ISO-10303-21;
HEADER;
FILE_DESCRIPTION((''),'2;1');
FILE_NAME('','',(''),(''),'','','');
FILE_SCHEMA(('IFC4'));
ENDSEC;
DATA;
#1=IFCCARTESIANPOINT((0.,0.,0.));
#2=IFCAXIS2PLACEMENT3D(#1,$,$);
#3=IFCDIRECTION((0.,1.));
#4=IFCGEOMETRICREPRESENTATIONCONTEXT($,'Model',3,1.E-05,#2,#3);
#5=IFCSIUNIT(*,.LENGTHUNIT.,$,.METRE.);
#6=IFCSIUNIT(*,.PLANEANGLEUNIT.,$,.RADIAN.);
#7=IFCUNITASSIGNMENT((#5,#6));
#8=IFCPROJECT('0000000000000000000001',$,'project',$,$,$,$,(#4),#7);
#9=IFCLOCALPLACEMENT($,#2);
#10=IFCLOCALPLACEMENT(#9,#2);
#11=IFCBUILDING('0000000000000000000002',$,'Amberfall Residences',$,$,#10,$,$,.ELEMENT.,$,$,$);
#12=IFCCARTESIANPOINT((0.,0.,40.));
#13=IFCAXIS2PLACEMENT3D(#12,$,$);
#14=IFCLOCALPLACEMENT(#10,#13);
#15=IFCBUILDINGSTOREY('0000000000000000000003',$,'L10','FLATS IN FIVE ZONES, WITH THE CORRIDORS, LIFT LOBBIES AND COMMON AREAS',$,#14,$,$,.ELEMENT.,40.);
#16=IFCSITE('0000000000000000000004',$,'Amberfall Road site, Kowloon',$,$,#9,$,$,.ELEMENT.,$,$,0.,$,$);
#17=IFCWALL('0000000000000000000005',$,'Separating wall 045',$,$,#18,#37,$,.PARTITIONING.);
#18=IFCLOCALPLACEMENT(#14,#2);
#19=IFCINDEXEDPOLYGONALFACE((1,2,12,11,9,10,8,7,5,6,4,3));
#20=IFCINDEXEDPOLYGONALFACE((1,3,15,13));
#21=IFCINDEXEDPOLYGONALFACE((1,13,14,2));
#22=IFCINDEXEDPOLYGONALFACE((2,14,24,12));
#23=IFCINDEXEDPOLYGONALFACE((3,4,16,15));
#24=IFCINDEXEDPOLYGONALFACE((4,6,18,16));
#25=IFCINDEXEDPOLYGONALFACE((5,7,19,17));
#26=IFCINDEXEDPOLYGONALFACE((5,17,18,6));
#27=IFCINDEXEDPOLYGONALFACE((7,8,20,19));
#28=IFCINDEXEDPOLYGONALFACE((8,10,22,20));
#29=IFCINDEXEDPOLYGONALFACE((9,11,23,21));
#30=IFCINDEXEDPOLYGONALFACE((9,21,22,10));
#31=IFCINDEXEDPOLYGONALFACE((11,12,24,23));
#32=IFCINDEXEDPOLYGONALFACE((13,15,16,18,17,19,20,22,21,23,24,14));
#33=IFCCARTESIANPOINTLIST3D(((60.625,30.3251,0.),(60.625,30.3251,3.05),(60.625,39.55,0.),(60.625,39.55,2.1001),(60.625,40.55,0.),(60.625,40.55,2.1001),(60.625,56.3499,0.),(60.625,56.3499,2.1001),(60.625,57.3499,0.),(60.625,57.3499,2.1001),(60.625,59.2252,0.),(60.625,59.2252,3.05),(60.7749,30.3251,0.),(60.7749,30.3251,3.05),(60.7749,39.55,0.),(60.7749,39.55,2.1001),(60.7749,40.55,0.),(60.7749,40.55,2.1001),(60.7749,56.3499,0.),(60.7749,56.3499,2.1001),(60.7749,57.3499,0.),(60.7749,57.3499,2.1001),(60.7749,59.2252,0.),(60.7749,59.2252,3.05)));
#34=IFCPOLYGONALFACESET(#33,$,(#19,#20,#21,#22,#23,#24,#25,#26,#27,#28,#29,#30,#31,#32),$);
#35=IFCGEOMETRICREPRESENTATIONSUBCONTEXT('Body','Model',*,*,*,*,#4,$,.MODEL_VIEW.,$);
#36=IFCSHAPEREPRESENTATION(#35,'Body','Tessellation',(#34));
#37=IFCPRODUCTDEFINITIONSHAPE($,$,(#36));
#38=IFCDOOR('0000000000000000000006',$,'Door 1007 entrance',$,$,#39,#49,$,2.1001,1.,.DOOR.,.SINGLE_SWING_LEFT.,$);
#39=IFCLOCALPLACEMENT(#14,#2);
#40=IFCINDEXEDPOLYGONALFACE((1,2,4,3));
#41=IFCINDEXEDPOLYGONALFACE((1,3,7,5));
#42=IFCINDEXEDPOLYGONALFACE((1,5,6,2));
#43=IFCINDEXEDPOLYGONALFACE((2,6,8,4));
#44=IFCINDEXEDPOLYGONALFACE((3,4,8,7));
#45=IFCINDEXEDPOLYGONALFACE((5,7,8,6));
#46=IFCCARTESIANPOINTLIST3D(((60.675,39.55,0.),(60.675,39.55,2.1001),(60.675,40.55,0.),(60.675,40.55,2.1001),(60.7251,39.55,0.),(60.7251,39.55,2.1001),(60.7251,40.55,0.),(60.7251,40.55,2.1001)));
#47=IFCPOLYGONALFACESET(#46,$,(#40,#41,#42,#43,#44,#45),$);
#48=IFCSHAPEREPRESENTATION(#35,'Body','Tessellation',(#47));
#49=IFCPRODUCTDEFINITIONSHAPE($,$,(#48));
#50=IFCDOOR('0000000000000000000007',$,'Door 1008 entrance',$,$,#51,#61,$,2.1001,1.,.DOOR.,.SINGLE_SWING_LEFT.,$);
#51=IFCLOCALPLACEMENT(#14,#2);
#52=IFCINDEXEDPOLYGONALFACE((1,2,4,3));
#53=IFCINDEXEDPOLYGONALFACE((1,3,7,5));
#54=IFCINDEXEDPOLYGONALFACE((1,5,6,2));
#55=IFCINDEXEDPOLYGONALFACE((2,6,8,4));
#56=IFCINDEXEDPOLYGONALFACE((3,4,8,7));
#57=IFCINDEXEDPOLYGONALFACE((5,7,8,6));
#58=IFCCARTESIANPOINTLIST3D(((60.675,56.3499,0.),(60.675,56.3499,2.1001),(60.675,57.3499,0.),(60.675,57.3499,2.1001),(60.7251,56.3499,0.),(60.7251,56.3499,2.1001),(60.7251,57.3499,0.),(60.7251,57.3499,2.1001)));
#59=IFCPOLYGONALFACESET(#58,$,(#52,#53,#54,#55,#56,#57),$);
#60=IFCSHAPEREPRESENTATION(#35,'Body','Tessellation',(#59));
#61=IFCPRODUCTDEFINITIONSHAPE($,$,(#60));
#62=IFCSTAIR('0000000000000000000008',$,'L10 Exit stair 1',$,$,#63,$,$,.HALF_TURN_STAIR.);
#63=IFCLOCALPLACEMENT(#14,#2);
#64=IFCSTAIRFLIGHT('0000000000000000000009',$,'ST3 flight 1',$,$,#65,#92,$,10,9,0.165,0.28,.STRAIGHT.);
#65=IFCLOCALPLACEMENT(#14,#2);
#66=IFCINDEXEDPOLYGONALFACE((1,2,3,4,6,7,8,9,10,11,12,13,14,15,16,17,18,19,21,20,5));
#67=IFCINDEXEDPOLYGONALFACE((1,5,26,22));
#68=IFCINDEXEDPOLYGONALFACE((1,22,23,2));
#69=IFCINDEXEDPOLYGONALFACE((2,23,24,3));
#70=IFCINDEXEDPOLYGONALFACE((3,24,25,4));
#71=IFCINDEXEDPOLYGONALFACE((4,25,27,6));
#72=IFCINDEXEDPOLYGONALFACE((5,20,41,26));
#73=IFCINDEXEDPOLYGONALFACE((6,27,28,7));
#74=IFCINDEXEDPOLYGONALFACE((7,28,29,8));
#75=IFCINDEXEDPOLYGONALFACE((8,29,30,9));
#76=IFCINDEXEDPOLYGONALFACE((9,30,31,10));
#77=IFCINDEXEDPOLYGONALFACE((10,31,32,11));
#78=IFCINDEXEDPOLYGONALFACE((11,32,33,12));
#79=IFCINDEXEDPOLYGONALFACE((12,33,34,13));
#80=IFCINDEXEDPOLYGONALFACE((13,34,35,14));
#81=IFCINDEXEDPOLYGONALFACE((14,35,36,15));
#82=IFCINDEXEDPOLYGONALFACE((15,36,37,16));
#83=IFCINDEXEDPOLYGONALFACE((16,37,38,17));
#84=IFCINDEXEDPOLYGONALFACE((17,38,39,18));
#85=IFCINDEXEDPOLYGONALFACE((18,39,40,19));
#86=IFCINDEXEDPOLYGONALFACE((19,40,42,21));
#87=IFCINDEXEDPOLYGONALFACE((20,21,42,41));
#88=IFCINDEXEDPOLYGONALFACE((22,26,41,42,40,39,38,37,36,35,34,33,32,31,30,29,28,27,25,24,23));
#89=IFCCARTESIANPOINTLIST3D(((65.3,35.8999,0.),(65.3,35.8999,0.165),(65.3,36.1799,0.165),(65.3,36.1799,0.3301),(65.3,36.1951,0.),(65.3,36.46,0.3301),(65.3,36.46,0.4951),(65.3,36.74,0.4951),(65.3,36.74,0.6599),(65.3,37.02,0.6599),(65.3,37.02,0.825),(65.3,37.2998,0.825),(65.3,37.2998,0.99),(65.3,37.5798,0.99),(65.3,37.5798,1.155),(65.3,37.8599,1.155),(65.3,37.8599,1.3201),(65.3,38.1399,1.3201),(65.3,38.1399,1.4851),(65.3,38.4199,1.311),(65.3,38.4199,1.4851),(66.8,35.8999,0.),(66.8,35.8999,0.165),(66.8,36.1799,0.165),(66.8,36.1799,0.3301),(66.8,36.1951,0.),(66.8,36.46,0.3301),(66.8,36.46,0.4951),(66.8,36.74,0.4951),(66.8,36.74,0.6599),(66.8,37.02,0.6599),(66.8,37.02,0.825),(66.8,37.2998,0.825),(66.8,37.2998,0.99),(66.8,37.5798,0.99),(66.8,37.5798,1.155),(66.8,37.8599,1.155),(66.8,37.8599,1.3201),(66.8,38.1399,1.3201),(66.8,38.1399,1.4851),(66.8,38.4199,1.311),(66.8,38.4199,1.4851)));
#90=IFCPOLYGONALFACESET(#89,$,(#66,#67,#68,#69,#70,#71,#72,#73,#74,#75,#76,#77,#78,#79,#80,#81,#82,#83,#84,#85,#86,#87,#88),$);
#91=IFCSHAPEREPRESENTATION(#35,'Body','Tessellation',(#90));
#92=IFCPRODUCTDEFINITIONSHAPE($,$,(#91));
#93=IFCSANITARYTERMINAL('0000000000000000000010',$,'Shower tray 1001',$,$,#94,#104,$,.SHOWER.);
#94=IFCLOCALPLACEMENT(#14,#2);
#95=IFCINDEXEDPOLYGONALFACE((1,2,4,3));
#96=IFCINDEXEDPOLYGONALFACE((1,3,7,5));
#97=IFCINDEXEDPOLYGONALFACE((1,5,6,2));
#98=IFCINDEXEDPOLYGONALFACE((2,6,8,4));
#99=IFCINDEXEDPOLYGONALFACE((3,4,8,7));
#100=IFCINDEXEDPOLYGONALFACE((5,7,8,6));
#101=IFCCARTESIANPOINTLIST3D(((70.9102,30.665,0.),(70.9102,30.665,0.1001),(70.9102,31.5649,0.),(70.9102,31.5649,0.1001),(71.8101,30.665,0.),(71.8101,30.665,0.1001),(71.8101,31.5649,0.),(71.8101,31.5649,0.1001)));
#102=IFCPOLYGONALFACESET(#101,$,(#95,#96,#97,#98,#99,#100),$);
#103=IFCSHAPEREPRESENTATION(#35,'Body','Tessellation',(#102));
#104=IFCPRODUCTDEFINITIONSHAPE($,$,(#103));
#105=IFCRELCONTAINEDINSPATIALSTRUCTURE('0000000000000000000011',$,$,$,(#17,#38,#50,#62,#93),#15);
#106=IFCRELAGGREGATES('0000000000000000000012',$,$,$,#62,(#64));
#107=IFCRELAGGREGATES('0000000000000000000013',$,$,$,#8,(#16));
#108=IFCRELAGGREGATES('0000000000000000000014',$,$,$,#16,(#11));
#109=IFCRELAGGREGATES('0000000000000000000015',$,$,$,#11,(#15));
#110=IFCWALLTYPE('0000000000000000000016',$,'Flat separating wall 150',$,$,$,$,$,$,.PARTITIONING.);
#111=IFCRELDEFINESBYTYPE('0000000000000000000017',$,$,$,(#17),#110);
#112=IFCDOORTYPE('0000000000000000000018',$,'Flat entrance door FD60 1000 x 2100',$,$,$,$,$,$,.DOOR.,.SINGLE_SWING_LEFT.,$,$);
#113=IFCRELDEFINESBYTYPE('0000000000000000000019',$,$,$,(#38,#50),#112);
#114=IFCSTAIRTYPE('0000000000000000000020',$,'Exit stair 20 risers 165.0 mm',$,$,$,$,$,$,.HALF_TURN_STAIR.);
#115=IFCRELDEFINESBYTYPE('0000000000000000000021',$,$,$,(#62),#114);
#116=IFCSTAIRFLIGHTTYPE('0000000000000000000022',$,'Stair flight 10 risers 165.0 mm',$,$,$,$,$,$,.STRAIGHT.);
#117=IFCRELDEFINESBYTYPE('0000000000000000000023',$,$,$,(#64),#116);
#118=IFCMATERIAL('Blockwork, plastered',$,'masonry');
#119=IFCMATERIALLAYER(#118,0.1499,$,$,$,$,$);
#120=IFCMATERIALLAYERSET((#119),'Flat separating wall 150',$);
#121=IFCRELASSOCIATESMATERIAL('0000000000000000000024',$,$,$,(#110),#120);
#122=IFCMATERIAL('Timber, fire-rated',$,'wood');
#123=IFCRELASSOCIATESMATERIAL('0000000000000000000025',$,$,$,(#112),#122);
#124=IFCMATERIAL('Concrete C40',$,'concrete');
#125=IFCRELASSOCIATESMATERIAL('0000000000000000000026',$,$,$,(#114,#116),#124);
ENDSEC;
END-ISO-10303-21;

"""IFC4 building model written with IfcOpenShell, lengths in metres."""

from ifc_helpers import new_model, si_unit, direction, frame, frame_2d, origin, origin_2d, place, context, subcontext, project, spatial, polyline, rectangle, outline, extrude, material, layer, layer_set, type_object, element, fill, aggregate, save


model = new_model("IFC4")

# Units and contexts
model_context = context("Model", 3, precision=1e-05, world=origin(), true_north=direction((0.0, 1.0)))
body_context = subcontext(model_context, "Body", "Model", "MODEL_VIEW")
ifc_project = project(units=[si_unit("LENGTHUNIT", "METRE"), si_unit("PLANEANGLEUNIT", "RADIAN")], contexts=[model_context])

# Site, building, storey
site_placement = place(None, origin())
site = spatial("IfcSite", under=ifc_project, at=site_placement, Name="Amberfall Road site, Kowloon", CompositionType="ELEMENT", RefElevation=0.0)
building_placement = place(site_placement, origin())
building = spatial("IfcBuilding", under=site, at=building_placement, Name="Amberfall Residences", CompositionType="ELEMENT")
storey_placement = place(building_placement, frame((0.0, 0.0, 40.0)))
storey = spatial("IfcBuildingStorey", under=building, at=storey_placement, Name="L10", Description="FLATS IN FIVE ZONES, WITH THE CORRIDORS, LIFT LOBBIES AND COMMON AREAS", CompositionType="ELEMENT", Elevation=40.0)

# Wall, openings, doors
ifc_material_1 = material(Name="Blockwork, plastered", Category="masonry")
ifc_layer_1 = layer(ifc_material_1, 0.1499)
ifc_layer_set_1 = layer_set([ifc_layer_1], Name="Flat separating wall 150")
wall_type_1 = type_object("IfcWallType", Name="Flat separating wall 150", PredefinedType="PARTITIONING", material=ifc_layer_set_1)
wall_1_placement = place(storey_placement, frame((60.7, 30.325, 0.0), z_axis=(0.0, 0.0, 1.0), x_axis=(0.0, 1.0, 0.0)))
wall_1 = element("IfcWall", 1, at=wall_1_placement, inside=storey, type_object=wall_type_1, Name="Separating wall 045", PredefinedType="PARTITIONING", context=body_context, shape_type="SweptSolid", body=[
    extrude(rectangle(XDim=28.9001, YDim=0.1499, at=frame_2d((14.4502, 0.0))), origin(), (0.0, 0.0, 1.0), 3.05),
])
opening_1_placement = place(wall_1_placement, frame((9.2251, 0.0, 0.0)))
opening_1 = element("IfcOpeningElement", 2, at=opening_1_placement, cuts=wall_1, PredefinedType="OPENING", context=body_context, shape_type="SweptSolid", body=[
    extrude(rectangle(XDim=1.0, YDim=2.1001, at=frame_2d((0.5, 1.05))), frame((0.0, 0.085, 0.0), z_axis=(0.0, -1.0, 0.0), x_axis=(1.0, 0.0, 0.0)), (0.0, 0.0, 1.0), 0.1699),
])
opening_2_placement = place(wall_1_placement, frame((26.0249, 0.0, 0.0)))
opening_2 = element("IfcOpeningElement", 3, at=opening_2_placement, cuts=wall_1, PredefinedType="OPENING", context=body_context, shape_type="SweptSolid", body=[
    extrude(rectangle(XDim=1.0, YDim=2.1001, at=frame_2d((0.5, 1.05))), frame((0.0, 0.085, 0.0), z_axis=(0.0, -1.0, 0.0), x_axis=(1.0, 0.0, 0.0)), (0.0, 0.0, 1.0), 0.1699),
])
ifc_material_2 = material(Name="Timber, fire-rated", Category="wood")
door_type_1 = type_object("IfcDoorType", Name="Flat entrance door FD60 1000 x 2100", OperationType="SINGLE_SWING_LEFT", PredefinedType="DOOR", material=ifc_material_2)
door_1_placement = place(opening_1_placement, origin())
door_1 = element("IfcDoor", 4, at=door_1_placement, inside=storey, type_object=door_type_1, Name="Door 1007 entrance", OperationType="SINGLE_SWING_LEFT", OverallHeight=2.1001, OverallWidth=1.0, PredefinedType="DOOR", context=body_context, shape_type="SweptSolid", body=[
    extrude(rectangle(XDim=1.0, YDim=2.1001, at=frame_2d((0.5, 1.05))), frame((0.0, 0.0249, 0.0), z_axis=(0.0, -1.0, 0.0), x_axis=(1.0, 0.0, 0.0)), (0.0, 0.0, 1.0), 0.05),
])
fill(opening_1, door_1)
door_2_placement = place(opening_2_placement, origin())
door_2 = element("IfcDoor", 5, at=door_2_placement, inside=storey, type_object=door_type_1, Name="Door 1008 entrance", OperationType="SINGLE_SWING_LEFT", OverallHeight=2.1001, OverallWidth=1.0, PredefinedType="DOOR", context=body_context, shape_type="SweptSolid", body=[
    extrude(rectangle(XDim=1.0, YDim=2.1001, at=frame_2d((0.5, 1.05))), frame((0.0, 0.0249, 0.0), z_axis=(0.0, -1.0, 0.0), x_axis=(1.0, 0.0, 0.0)), (0.0, 0.0, 1.0), 0.05),
])
fill(opening_2, door_2)

# Stair, stair flight
ifc_material_3 = material(Name="Concrete C40", Category="concrete")
stair_type = type_object("IfcStairType", Name="Exit stair 20 risers 165.0 mm", PredefinedType="HALF_TURN_STAIR", material=ifc_material_3)
stair_placement = place(storey_placement, origin())
stair = element("IfcStair", 6, at=stair_placement, inside=storey, type_object=stair_type, Name="L10 Exit stair 1", PredefinedType="HALF_TURN_STAIR")
stair_flight_type = type_object("IfcStairFlightType", Name="Stair flight 10 risers 165.0 mm", PredefinedType="STRAIGHT", material=ifc_material_3)
stair_flight_placement = place(storey_placement, frame((66.05, 35.8999, 0.0), z_axis=(0.0, 0.0, 1.0), x_axis=(0.0, 1.0, 0.0)))
stair_flight = element("IfcStairFlight", 7, at=stair_flight_placement, type_object=stair_flight_type, Name="ST3 flight 1", NumberOfRisers=10, NumberOfTreads=9, PredefinedType="STRAIGHT", RiserHeight=0.165, TreadLength=0.28, context=body_context, shape_type="SweptSolid", body=[
    extrude(outline(polyline([(0.0, 0.0), (0.0, 0.165), (0.28, 0.165), (0.28, 0.3301), (0.5601, 0.3301), (0.5601, 0.4951), (0.8401, 0.4951), (0.8401, 0.6599), (1.1201, 0.6599), (1.1201, 0.825), (1.3999, 0.825), (1.3999, 0.99), (1.6799, 0.99), (1.6799, 1.155), (1.96, 1.155), (1.96, 1.3201), (2.24, 1.3201), (2.24, 1.4851), (2.52, 1.4851), (2.52, 1.6499), (2.52, 1.311), (0.2952, 0.0), (0.0, 0.0)])), frame((0.0, 0.75, 0.0), z_axis=(0.0, -1.0, 0.0), x_axis=(1.0, 0.0, 0.0)), (0.0, 0.0, 1.0), 1.5),
])
aggregate(stair, [stair_flight])

# Sanitary terminal
sanitary_terminal_placement = place(storey_placement, frame((71.3601, 31.115, 0.0), z_axis=(0.0, 0.0, 1.0), x_axis=(1.0, 0.0, 0.0)))
element("IfcSanitaryTerminal", 8, at=sanitary_terminal_placement, inside=storey, Name="Shower tray 1001", PredefinedType="SHOWER", context=body_context, shape_type="SweptSolid", body=[
    extrude(rectangle(XDim=0.8999, YDim=0.8999, at=origin_2d()), origin(), (0.0, 0.0, 1.0), 0.1001),
])

save(model, "model.ifc")
